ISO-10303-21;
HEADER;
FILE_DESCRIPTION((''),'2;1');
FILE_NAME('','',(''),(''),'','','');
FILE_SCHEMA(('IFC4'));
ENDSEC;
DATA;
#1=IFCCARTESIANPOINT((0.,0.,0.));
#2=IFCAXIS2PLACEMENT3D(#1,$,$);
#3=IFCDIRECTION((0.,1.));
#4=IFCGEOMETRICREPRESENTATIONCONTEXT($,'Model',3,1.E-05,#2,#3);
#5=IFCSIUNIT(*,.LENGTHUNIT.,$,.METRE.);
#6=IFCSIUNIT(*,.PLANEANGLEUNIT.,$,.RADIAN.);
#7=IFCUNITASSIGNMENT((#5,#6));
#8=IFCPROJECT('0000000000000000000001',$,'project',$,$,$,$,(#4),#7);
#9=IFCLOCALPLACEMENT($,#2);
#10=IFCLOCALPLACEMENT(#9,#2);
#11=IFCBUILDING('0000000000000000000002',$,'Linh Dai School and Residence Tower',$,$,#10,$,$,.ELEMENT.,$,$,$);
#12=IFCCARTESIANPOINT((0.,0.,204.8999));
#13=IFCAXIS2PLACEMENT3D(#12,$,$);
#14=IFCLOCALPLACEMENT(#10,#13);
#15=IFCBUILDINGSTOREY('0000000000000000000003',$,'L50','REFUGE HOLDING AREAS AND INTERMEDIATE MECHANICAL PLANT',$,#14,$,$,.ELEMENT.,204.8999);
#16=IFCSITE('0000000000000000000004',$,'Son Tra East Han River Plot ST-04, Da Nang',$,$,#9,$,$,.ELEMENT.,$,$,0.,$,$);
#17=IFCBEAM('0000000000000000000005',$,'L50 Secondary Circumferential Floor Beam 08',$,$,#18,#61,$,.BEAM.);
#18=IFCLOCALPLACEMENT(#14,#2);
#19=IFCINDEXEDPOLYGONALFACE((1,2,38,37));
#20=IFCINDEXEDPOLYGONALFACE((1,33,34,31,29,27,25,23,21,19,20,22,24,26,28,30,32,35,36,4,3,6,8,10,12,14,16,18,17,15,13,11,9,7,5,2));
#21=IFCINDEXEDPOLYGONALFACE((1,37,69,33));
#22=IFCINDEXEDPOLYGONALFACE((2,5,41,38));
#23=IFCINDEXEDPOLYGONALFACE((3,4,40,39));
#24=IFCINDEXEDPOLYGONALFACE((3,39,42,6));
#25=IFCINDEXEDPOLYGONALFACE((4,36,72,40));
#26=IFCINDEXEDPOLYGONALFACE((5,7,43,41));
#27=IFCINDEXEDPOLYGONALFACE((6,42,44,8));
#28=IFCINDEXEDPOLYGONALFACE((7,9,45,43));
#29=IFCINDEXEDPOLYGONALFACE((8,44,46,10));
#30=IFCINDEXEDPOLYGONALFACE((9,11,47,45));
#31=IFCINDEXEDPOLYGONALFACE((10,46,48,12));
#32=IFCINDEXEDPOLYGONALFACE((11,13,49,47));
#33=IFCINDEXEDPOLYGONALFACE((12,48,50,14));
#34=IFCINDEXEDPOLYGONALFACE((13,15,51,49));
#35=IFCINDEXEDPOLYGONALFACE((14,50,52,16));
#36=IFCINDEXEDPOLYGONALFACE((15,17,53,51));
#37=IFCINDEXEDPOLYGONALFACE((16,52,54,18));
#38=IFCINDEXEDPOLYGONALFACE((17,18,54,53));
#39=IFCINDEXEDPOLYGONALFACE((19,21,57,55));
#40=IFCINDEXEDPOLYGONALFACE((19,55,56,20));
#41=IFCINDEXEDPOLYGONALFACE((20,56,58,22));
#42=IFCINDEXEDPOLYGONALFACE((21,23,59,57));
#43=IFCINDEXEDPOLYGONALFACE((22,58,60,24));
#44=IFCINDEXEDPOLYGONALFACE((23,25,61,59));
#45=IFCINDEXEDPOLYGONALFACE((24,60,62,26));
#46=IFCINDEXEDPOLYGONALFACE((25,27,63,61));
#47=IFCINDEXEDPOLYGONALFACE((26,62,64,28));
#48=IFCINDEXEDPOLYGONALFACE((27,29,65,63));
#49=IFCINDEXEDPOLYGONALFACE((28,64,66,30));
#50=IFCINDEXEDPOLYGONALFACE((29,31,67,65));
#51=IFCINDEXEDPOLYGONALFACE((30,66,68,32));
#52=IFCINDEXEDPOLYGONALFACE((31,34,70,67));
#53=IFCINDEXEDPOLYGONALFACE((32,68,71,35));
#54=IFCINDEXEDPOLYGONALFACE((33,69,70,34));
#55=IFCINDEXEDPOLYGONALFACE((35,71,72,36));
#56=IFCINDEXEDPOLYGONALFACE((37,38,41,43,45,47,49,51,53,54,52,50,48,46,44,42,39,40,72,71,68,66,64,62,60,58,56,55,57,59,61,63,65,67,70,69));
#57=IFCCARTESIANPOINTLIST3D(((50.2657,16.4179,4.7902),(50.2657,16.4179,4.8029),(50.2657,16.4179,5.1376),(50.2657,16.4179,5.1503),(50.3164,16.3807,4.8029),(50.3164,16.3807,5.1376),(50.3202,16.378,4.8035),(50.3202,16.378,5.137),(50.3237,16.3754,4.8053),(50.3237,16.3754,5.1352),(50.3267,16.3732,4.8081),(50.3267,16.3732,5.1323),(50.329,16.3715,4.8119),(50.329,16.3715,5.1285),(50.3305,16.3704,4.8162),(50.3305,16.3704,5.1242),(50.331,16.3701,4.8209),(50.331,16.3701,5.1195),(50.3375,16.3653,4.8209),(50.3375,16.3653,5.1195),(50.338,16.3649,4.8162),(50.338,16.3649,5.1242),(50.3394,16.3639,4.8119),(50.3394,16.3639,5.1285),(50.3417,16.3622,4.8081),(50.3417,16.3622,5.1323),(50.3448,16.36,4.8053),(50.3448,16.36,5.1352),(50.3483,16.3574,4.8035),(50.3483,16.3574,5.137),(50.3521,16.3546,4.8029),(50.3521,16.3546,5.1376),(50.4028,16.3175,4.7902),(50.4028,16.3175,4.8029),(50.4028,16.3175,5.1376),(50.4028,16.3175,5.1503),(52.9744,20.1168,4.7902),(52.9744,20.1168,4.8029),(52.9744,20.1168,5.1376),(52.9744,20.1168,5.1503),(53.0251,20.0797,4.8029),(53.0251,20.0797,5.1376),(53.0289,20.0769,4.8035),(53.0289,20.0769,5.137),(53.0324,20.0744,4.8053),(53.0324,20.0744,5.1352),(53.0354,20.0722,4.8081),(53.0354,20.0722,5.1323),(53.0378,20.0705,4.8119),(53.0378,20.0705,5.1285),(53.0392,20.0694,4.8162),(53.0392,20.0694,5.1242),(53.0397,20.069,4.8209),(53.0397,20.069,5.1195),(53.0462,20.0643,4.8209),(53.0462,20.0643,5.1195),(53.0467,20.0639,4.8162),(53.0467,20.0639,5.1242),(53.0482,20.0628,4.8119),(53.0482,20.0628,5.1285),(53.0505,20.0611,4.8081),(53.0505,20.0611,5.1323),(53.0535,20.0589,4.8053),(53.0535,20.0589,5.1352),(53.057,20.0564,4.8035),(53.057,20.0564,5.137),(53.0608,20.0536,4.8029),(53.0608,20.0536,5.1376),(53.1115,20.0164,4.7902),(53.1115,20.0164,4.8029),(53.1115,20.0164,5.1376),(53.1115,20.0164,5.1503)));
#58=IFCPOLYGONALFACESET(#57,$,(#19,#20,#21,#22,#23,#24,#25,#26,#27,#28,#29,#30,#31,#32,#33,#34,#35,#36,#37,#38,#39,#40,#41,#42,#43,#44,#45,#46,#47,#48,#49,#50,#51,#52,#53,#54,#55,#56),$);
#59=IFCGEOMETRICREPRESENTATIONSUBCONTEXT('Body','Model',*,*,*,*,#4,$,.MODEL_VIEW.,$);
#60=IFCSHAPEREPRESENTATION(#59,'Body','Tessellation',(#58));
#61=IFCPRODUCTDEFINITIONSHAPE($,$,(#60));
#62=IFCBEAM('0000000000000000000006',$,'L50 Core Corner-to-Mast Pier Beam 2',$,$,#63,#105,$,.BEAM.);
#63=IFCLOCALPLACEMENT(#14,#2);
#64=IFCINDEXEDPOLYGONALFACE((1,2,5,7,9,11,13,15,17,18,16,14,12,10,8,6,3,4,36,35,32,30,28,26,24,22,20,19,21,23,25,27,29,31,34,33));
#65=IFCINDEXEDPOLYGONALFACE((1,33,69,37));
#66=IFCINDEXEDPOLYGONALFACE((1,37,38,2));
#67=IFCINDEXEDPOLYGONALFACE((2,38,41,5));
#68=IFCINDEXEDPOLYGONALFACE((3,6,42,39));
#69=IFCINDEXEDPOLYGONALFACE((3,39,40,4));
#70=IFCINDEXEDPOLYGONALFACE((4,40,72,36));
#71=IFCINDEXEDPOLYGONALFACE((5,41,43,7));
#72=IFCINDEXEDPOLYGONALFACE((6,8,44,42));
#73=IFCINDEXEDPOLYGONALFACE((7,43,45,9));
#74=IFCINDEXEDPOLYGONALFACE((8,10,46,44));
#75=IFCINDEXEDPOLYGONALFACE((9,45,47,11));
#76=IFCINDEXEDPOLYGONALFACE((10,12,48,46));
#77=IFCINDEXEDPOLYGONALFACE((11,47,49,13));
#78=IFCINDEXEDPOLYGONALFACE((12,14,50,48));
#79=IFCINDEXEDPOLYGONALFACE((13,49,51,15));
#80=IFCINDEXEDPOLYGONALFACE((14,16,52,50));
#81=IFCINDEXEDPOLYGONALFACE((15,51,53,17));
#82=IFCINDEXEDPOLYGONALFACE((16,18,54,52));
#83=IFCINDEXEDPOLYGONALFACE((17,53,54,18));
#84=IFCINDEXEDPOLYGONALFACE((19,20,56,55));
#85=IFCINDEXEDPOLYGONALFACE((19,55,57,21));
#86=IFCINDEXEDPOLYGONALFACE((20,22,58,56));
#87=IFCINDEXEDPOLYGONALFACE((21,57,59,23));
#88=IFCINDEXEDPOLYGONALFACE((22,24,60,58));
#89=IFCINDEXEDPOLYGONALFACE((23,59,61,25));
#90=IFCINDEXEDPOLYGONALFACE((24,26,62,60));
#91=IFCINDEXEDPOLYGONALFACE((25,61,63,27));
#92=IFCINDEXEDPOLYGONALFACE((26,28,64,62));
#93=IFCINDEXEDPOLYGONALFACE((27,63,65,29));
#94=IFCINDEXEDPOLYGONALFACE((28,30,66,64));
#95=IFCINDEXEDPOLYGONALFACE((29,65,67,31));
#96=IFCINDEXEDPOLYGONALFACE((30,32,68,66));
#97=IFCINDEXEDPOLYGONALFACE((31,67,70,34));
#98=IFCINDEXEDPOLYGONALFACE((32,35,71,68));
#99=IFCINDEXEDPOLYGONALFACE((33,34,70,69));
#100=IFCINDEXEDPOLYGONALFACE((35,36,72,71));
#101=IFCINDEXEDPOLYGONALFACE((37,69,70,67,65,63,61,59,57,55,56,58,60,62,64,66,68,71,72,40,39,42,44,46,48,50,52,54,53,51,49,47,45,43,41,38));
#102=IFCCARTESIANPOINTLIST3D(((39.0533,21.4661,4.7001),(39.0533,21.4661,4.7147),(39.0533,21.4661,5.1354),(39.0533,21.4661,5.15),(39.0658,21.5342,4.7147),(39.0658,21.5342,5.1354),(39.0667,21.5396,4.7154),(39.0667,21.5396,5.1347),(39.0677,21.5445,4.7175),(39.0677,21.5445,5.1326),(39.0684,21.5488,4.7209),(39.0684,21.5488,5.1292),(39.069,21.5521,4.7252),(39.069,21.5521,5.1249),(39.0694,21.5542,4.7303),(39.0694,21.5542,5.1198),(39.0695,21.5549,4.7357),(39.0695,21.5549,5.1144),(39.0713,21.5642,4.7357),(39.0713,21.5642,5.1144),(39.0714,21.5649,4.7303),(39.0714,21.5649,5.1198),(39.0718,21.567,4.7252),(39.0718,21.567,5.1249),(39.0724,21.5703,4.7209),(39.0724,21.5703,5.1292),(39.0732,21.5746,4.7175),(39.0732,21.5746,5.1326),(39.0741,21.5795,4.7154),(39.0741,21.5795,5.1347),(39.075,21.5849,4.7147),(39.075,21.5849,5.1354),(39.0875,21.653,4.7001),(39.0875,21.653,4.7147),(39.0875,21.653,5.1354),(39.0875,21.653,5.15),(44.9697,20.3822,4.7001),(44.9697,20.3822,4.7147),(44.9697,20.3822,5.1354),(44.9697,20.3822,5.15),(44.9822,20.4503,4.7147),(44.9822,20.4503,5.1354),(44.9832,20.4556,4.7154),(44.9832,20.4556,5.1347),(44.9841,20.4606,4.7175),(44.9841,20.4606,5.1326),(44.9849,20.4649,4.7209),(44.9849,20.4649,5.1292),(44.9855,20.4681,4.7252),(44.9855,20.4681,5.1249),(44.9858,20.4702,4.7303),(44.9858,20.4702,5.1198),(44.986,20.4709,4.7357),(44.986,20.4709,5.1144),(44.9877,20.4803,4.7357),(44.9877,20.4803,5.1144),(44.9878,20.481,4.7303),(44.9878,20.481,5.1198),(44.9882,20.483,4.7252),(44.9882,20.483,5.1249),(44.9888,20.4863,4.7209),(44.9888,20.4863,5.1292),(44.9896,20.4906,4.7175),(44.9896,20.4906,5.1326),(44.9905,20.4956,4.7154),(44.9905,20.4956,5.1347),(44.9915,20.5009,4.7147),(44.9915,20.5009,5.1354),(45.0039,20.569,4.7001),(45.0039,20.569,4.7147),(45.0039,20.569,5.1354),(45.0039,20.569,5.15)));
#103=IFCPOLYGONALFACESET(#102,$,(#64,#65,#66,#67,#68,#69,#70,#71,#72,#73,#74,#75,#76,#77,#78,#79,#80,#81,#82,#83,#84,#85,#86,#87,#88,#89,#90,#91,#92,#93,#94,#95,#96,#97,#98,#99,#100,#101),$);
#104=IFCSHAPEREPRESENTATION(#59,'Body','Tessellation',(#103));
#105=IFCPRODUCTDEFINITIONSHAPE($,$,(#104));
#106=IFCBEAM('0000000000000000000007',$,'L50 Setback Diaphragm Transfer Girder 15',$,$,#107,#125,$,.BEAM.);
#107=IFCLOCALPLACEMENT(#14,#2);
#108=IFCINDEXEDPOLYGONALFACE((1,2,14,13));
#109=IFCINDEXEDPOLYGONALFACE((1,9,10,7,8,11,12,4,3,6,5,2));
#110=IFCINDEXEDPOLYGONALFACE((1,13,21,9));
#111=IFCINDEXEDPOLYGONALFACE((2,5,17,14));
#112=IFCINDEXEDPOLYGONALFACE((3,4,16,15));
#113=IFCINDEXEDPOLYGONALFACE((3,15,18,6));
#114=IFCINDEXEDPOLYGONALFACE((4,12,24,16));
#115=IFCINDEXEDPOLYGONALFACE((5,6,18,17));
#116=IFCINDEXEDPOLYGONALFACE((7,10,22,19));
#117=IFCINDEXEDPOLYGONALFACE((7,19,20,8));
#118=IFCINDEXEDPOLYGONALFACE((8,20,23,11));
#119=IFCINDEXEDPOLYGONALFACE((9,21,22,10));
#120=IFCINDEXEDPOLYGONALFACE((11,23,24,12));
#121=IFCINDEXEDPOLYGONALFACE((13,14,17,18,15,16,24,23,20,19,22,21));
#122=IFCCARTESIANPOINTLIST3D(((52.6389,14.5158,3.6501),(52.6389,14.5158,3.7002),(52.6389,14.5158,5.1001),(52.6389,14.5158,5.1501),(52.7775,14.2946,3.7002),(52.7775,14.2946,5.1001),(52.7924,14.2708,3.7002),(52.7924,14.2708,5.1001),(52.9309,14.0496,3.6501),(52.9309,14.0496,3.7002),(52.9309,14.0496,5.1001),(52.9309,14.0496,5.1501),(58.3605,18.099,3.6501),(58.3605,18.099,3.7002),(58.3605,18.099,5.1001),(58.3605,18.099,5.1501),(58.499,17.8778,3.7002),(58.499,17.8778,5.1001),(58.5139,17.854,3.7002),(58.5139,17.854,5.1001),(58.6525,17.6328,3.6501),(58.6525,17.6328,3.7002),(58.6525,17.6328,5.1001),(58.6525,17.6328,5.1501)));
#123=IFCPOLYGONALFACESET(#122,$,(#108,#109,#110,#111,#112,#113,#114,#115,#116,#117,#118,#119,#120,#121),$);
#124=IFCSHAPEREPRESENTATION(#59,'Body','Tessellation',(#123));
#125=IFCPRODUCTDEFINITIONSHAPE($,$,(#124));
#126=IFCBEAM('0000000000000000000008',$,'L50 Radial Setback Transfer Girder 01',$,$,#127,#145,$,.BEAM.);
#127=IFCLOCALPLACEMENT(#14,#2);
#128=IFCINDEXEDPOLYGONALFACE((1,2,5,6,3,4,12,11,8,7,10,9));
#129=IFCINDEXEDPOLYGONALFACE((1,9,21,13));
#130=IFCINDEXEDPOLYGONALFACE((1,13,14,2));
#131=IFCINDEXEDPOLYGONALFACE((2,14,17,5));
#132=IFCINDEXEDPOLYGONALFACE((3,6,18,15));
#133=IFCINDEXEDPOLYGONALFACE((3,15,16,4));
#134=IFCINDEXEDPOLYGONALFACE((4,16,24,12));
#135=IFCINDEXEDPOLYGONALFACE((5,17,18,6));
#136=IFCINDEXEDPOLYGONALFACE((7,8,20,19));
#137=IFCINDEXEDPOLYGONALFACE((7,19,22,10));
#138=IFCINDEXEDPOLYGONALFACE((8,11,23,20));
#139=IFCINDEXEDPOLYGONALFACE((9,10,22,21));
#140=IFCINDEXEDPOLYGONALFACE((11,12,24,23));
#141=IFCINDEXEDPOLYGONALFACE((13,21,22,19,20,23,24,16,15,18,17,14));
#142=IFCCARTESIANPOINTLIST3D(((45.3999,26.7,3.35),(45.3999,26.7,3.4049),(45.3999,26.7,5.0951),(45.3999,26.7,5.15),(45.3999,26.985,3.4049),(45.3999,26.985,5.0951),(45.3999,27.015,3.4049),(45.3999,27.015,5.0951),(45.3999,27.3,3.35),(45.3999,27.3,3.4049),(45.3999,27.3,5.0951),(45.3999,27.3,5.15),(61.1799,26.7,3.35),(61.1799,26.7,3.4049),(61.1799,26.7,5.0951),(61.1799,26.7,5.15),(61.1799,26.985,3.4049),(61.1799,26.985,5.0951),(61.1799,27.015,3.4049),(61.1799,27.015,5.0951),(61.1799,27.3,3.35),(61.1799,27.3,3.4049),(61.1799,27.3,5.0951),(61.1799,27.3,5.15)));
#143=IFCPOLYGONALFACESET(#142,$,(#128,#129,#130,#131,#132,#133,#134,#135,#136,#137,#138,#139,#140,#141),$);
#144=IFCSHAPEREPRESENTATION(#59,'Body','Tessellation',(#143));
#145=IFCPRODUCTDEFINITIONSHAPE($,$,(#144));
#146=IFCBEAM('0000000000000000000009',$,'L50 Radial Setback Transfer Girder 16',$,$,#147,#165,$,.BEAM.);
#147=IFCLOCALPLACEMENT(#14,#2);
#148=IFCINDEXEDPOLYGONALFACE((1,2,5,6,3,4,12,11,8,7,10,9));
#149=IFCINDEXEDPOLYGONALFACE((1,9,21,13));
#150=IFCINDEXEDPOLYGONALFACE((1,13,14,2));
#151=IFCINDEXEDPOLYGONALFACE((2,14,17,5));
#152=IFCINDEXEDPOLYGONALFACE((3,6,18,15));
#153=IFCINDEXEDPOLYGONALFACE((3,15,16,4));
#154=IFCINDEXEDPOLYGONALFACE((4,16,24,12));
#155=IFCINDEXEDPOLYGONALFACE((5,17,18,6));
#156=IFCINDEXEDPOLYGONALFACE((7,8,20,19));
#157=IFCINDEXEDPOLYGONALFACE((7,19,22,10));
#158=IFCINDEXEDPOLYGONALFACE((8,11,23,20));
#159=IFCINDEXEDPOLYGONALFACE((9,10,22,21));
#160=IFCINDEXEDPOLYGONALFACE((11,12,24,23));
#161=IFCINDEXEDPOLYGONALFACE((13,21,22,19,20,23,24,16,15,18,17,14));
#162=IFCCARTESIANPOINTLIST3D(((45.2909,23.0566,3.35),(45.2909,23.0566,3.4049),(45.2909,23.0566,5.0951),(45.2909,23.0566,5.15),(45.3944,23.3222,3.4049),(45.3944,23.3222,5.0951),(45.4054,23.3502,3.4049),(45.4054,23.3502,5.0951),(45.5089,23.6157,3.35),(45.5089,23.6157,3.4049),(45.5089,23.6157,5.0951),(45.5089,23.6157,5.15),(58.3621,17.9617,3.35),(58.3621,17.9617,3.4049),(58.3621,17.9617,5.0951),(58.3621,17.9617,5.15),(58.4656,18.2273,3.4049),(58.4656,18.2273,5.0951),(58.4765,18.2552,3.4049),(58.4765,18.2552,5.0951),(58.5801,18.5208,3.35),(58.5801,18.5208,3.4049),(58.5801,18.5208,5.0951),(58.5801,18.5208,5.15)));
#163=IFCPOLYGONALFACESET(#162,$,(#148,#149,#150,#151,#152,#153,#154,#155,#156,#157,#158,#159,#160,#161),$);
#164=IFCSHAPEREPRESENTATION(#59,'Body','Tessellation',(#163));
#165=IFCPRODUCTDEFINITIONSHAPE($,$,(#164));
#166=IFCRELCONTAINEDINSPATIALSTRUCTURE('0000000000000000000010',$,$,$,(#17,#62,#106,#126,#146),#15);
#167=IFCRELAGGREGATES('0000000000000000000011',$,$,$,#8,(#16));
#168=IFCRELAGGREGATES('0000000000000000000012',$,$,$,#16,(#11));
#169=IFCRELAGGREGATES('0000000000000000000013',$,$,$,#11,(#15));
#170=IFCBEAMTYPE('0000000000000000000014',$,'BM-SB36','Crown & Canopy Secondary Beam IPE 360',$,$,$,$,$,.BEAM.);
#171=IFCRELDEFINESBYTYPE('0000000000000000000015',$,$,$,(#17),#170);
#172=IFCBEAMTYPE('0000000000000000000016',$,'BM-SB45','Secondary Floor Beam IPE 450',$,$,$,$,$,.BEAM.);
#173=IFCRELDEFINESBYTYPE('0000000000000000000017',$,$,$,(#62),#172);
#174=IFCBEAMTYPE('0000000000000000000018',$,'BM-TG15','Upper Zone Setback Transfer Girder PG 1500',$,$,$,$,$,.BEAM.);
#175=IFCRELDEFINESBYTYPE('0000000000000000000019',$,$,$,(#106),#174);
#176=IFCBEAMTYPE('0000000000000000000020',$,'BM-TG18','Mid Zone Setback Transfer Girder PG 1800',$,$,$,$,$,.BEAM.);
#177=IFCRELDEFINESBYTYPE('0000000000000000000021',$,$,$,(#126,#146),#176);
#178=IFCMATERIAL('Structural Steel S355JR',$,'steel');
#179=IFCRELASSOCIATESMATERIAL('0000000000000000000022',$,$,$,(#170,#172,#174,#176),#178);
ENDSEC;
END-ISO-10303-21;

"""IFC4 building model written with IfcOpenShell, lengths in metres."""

from ifc_helpers import new_model, si_unit, direction, frame, origin, origin_2d, place, context, subcontext, project, spatial, i_section, extrude, material, material_profile, profile_set, type_object, element, save


model = new_model("IFC4")

# Units and contexts
model_context = context("Model", 3, precision=1e-05, world=origin(), true_north=direction((0.0, 1.0)))
body_context = subcontext(model_context, "Body", "Model", "MODEL_VIEW")
ifc_project = project(units=[si_unit("LENGTHUNIT", "METRE"), si_unit("PLANEANGLEUNIT", "RADIAN")], contexts=[model_context])

# Site, building, storey
site_placement = place(None, origin())
site = spatial("IfcSite", under=ifc_project, at=site_placement, Name="Son Tra East Han River Plot ST-04, Da Nang", CompositionType="ELEMENT", RefElevation=0.0)
building_placement = place(site_placement, origin())
building = spatial("IfcBuilding", under=site, at=building_placement, Name="Linh Dai School and Residence Tower", CompositionType="ELEMENT")
storey_placement = place(building_placement, frame((0.0, 0.0, 204.8999)))
storey = spatial("IfcBuildingStorey", under=building, at=storey_placement, Name="L50", Description="REFUGE HOLDING AREAS AND INTERMEDIATE MECHANICAL PLANT", CompositionType="ELEMENT", Elevation=204.8999)

# Beams
ifc_material_1 = material(Name="Structural Steel S355JR", Category="steel")
ifc_material_profile_1 = material_profile(ifc_material_1, i_section(OverallWidth=0.1699, OverallDepth=0.3601, WebThickness=0.0081, FlangeThickness=0.0127, FilletRadius=0.0181, at=origin_2d()), Name="IPE 360")
ifc_profile_set_1 = profile_set([ifc_material_profile_1], Name="Structural Steel S355JR")
beam_type_1 = type_object("IfcBeamType", Name="BM-SB36", Description="Crown & Canopy Secondary Beam IPE 360", PredefinedType="BEAM", material=ifc_profile_set_1)
beam_1_placement = place(storey_placement, frame((50.3342, 16.3677, 4.9702), z_axis=(0.590819, 0.806804, 0.0), x_axis=(-0.806804, 0.590819, 0.0)))
element("IfcBeam", 1, at=beam_1_placement, inside=storey, type_object=beam_type_1, Name="L50 Secondary Circumferential Floor Beam 08", PredefinedType="BEAM", context=body_context, shape_type="SweptSolid", body=[
    extrude(i_section(OverallWidth=0.1699, OverallDepth=0.3601, WebThickness=0.0081, FlangeThickness=0.0127, FilletRadius=0.0181, at=origin_2d()), origin(), (0.0, 0.0, 1.0), 4.5847),
])
ifc_material_profile_2 = material_profile(ifc_material_1, i_section(OverallWidth=0.1899, OverallDepth=0.45, WebThickness=0.0095, FlangeThickness=0.0146, FilletRadius=0.021, at=origin_2d()), Name="IPE 450")
ifc_profile_set_2 = profile_set([ifc_material_profile_2], Name="Structural Steel S355JR")
beam_type_2 = type_object("IfcBeamType", Name="BM-SB45", Description="Secondary Floor Beam IPE 450", PredefinedType="BEAM", material=ifc_profile_set_2)
beam_2_placement = place(storey_placement, frame((44.9868, 20.4756, 4.925), z_axis=(-0.983627, 0.180214, 0.0), x_axis=(-0.180214, -0.983627, 0.0)))
element("IfcBeam", 2, at=beam_2_placement, inside=storey, type_object=beam_type_2, Name="L50 Core Corner-to-Mast Pier Beam 2", PredefinedType="BEAM", context=body_context, shape_type="SweptSolid", body=[
    extrude(i_section(OverallWidth=0.1899, OverallDepth=0.45, WebThickness=0.0095, FlangeThickness=0.0146, FilletRadius=0.021, at=origin_2d()), origin(), (0.0, 0.0, 1.0), 6.0149),
])
ifc_material_profile_3 = material_profile(ifc_material_1, i_section(OverallWidth=0.55, OverallDepth=1.5, WebThickness=0.0281, FlangeThickness=0.05, at=origin_2d()), Name="PG 1500x550x28x50")
ifc_profile_set_3 = profile_set([ifc_material_profile_3], Name="Structural Steel S355JR")
beam_type_3 = type_object("IfcBeamType", Name="BM-TG15", Description="Upper Zone Setback Transfer Girder PG 1500", PredefinedType="BEAM", material=ifc_profile_set_3)
beam_3_placement = place(storey_placement, frame((52.7849, 14.2827, 4.4001), z_axis=(0.847518, 0.530766, 0.0), x_axis=(-0.530766, 0.847518, 0.0)))
element("IfcBeam", 3, at=beam_3_placement, inside=storey, type_object=beam_type_3, Name="L50 Setback Diaphragm Transfer Girder 15", PredefinedType="BEAM", context=body_context, shape_type="SweptSolid", body=[
    extrude(i_section(OverallWidth=0.55, OverallDepth=1.5, WebThickness=0.0281, FlangeThickness=0.05, at=origin_2d()), origin(), (0.0, 0.0, 1.0), 6.751),
])
ifc_material_profile_4 = material_profile(ifc_material_1, i_section(OverallWidth=0.6001, OverallDepth=1.8, WebThickness=0.03, FlangeThickness=0.0549, at=origin_2d()), Name="PG 1800x600x30x55")
ifc_profile_set_4 = profile_set([ifc_material_profile_4], Name="Structural Steel S355JR")
beam_type_4 = type_object("IfcBeamType", Name="BM-TG18", Description="Mid Zone Setback Transfer Girder PG 1800", PredefinedType="BEAM", material=ifc_profile_set_4)
beam_4_placement = place(storey_placement, frame((45.3999, 27.0, 4.25), z_axis=(1.0, 0.0, 0.0), x_axis=(0.0, 1.0, 0.0)))
element("IfcBeam", 4, at=beam_4_placement, inside=storey, type_object=beam_type_4, Name="L50 Radial Setback Transfer Girder 01", PredefinedType="BEAM", context=body_context, shape_type="SweptSolid", body=[
    extrude(i_section(OverallWidth=0.6001, OverallDepth=1.8, WebThickness=0.03, FlangeThickness=0.0549, at=origin_2d()), origin(), (0.0, 0.0, 1.0), 15.78),
])
beam_5_placement = place(storey_placement, frame((45.3999, 23.3362, 4.25), z_axis=(0.931723, -0.36317, 0.0), x_axis=(0.36317, 0.931723, 0.0)))
element("IfcBeam", 5, at=beam_5_placement, inside=storey, type_object=beam_type_4, Name="L50 Radial Setback Transfer Girder 16", PredefinedType="BEAM", context=body_context, shape_type="SweptSolid", body=[
    extrude(i_section(OverallWidth=0.6001, OverallDepth=1.8, WebThickness=0.03, FlangeThickness=0.0549, at=origin_2d()), origin(), (0.0, 0.0, 1.0), 14.0291),
])

save(model, "model.ifc")
